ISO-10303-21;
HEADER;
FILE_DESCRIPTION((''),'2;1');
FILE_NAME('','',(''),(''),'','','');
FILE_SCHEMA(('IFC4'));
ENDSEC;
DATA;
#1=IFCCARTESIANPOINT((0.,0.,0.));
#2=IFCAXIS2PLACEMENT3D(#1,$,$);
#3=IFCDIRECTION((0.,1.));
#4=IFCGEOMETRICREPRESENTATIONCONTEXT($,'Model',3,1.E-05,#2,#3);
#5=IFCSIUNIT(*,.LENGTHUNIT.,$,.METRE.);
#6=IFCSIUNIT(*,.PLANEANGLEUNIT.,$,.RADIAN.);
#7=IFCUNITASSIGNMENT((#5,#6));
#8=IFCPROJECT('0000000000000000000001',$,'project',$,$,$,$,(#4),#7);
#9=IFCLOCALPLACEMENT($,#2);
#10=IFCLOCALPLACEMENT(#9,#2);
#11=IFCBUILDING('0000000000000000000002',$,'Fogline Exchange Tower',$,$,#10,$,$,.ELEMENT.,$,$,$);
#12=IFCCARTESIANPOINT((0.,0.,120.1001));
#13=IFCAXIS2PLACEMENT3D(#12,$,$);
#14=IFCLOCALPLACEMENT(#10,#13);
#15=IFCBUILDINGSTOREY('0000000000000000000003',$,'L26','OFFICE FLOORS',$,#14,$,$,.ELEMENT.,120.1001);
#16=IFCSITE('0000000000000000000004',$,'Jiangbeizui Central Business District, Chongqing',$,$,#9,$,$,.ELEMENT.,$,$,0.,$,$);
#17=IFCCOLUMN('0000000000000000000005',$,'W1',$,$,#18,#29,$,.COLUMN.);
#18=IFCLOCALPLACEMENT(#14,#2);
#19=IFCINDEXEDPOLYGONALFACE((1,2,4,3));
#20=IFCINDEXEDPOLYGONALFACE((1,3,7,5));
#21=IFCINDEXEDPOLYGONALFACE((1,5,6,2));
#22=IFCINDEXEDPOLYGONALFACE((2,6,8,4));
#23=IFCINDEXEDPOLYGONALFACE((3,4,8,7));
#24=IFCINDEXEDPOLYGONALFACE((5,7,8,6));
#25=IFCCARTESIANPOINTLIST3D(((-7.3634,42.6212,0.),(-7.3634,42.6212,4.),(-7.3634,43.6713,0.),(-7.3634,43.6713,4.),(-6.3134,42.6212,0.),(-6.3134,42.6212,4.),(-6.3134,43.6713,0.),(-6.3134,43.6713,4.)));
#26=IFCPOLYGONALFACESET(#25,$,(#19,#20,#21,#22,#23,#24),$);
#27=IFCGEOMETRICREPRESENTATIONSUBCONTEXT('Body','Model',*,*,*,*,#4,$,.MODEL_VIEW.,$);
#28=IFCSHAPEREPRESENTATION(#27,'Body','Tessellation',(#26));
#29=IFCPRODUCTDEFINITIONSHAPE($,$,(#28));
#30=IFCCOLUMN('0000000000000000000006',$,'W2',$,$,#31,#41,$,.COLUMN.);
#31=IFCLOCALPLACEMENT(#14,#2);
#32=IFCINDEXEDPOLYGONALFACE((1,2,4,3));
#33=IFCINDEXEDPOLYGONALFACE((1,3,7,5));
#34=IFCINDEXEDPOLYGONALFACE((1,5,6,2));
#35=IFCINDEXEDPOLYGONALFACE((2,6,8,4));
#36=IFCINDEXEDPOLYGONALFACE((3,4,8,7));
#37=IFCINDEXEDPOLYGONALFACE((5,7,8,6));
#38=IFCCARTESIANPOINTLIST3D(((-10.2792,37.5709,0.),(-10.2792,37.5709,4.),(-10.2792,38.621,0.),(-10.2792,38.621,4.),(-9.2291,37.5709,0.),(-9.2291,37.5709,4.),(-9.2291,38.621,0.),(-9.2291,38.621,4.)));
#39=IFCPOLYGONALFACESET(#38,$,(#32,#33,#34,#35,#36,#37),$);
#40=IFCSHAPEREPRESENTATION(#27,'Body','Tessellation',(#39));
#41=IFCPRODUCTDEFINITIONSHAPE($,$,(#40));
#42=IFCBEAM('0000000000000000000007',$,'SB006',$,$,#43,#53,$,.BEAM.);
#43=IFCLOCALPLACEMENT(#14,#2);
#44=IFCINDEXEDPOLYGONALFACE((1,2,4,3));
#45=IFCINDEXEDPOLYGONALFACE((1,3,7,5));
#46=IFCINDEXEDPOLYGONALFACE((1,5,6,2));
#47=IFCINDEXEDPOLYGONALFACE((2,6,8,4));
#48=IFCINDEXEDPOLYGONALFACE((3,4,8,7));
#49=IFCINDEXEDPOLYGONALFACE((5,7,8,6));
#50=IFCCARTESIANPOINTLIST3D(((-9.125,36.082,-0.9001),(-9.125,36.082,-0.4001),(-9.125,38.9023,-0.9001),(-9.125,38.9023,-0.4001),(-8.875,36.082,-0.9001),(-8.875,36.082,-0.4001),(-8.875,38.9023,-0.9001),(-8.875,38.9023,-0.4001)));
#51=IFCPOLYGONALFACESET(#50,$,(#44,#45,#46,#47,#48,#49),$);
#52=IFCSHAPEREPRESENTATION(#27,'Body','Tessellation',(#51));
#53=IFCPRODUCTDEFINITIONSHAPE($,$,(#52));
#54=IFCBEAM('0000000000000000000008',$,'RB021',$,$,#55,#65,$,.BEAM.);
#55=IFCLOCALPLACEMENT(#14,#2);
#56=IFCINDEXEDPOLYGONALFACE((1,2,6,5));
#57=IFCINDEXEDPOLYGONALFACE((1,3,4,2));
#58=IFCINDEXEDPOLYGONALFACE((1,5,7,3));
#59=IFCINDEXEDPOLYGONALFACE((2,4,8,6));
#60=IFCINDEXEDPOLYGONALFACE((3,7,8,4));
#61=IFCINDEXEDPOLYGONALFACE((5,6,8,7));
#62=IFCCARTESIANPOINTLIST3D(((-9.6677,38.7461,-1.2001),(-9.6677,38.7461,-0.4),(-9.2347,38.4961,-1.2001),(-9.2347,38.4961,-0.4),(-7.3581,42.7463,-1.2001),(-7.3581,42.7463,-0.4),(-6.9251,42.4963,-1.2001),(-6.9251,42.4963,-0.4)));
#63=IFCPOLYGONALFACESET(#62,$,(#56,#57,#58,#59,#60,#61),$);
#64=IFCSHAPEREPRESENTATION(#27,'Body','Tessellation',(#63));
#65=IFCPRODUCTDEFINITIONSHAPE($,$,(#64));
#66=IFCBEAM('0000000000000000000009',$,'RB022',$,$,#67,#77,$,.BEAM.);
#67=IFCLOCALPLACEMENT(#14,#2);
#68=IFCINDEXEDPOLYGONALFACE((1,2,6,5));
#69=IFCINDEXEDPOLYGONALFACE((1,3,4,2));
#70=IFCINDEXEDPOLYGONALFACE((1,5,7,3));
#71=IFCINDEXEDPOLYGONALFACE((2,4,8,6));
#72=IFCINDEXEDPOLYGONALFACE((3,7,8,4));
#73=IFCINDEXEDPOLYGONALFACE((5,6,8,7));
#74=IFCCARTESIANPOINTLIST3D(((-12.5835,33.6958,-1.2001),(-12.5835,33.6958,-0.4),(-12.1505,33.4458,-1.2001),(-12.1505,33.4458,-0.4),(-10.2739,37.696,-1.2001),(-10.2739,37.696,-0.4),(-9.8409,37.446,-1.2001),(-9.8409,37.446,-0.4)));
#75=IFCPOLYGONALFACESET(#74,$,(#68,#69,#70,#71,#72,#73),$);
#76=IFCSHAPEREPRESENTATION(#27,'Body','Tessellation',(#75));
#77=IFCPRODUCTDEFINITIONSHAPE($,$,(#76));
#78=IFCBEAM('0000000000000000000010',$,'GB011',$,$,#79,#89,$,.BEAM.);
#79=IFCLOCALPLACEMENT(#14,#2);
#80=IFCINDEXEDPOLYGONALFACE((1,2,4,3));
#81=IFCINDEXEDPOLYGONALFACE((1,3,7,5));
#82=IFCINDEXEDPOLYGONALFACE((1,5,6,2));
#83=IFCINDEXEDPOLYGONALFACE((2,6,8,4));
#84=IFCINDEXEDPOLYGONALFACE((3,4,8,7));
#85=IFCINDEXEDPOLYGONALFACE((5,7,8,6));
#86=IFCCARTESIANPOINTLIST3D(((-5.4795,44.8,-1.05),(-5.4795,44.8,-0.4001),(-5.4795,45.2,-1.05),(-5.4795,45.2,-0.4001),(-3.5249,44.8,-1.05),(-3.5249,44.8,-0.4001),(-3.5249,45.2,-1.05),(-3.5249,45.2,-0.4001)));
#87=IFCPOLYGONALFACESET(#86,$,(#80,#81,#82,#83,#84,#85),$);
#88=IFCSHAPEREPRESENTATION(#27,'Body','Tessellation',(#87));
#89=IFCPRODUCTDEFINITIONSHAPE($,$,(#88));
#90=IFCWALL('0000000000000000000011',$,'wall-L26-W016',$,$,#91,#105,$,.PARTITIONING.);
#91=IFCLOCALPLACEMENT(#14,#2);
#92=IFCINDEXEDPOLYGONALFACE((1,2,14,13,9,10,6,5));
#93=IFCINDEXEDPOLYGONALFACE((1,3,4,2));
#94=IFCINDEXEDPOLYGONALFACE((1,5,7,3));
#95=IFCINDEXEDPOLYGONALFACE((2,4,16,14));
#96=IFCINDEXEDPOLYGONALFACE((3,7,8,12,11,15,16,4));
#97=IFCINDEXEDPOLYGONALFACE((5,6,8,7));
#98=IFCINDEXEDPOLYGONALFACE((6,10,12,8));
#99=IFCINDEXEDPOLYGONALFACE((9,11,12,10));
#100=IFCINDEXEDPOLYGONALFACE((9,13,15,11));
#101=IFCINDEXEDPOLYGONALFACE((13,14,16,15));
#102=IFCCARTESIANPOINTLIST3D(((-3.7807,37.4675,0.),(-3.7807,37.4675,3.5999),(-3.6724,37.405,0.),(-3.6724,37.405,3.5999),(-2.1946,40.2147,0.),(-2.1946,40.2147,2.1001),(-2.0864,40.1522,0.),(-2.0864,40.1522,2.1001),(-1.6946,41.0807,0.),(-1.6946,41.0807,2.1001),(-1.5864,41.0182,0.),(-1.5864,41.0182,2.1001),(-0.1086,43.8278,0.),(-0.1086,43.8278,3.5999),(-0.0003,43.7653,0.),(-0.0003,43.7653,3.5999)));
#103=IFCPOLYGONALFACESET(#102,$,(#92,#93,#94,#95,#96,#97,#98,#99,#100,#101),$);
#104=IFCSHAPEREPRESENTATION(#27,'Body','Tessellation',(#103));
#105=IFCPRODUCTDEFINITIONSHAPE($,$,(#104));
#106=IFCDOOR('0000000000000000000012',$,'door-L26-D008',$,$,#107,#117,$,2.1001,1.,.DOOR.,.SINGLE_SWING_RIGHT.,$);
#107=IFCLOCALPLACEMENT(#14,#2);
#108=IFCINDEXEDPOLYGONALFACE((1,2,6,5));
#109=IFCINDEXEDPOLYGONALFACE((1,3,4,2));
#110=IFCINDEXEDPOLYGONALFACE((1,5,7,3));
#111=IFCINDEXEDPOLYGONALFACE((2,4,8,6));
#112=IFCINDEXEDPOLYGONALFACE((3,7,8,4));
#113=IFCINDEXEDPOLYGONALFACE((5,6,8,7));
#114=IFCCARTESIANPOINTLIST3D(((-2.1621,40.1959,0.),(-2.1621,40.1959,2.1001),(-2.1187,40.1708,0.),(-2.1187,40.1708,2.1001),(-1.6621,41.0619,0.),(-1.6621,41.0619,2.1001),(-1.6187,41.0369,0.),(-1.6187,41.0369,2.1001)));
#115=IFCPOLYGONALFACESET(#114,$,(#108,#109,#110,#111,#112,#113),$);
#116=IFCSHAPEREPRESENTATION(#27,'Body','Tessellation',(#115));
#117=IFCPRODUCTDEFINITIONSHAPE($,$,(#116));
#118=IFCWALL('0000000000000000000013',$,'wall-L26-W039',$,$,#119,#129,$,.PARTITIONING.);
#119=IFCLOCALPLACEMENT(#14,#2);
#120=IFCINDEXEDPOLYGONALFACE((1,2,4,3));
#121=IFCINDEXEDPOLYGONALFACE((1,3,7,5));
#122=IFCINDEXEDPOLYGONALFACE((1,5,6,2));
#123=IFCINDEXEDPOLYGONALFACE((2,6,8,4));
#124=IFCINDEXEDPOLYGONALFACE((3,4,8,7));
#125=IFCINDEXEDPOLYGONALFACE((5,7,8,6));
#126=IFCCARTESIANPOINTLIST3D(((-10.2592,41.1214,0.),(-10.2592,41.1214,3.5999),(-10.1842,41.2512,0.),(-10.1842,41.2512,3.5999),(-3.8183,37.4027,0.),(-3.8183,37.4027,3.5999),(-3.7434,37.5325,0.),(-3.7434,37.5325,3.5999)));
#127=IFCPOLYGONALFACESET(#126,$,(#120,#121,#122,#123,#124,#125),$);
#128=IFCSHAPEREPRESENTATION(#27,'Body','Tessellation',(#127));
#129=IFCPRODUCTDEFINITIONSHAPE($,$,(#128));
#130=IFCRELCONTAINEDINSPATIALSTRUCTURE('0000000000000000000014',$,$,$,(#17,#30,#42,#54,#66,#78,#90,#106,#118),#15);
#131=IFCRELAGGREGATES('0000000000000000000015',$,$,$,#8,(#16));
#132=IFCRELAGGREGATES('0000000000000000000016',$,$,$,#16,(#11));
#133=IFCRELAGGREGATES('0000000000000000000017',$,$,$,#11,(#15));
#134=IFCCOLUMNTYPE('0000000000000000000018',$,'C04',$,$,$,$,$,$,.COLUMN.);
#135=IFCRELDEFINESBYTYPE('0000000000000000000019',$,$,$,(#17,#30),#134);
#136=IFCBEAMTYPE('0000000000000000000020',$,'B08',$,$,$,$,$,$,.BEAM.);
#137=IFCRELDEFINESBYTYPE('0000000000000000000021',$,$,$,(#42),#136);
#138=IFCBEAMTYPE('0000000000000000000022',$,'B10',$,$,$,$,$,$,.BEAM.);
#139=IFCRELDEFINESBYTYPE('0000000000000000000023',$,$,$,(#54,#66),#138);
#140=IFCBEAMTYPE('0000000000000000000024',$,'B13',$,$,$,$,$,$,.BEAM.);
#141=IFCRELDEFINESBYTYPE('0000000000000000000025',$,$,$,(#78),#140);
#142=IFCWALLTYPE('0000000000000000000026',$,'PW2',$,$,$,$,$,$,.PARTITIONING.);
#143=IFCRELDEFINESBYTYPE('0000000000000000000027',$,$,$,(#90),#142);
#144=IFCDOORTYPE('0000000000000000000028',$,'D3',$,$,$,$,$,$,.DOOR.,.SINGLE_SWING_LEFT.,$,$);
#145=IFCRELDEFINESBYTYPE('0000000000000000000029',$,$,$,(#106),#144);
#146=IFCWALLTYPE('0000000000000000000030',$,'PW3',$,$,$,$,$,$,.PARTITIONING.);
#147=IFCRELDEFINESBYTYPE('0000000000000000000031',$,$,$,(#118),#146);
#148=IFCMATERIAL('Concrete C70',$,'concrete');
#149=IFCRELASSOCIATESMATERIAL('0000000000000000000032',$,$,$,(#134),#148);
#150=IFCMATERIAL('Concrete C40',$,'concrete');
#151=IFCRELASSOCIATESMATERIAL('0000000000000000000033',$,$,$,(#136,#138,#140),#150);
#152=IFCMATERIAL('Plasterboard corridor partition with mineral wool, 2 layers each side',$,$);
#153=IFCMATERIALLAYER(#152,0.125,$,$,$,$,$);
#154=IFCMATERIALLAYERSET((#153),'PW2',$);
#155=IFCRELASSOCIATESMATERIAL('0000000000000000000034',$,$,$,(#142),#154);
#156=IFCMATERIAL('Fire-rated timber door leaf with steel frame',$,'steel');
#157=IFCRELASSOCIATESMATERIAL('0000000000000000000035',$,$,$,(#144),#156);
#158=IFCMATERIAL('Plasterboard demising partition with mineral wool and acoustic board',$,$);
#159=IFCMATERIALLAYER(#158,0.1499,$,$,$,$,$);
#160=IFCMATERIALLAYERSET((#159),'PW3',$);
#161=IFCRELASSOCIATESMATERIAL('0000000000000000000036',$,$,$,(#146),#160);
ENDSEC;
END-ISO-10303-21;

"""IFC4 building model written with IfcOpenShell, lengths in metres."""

from ifc_helpers import new_model, si_unit, direction, frame, frame_2d, origin, origin_2d, place, context, subcontext, project, spatial, rectangle, extrude, material, layer, layer_set, material_profile, profile_set, type_object, element, fill, save


model = new_model("IFC4")

# Units and contexts
model_context = context("Model", 3, precision=1e-05, world=origin(), true_north=direction((0.0, 1.0)))
body_context = subcontext(model_context, "Body", "Model", "MODEL_VIEW")
ifc_project = project(units=[si_unit("LENGTHUNIT", "METRE"), si_unit("PLANEANGLEUNIT", "RADIAN")], contexts=[model_context])

# Site, building, storey
site_placement = place(None, origin())
site = spatial("IfcSite", under=ifc_project, at=site_placement, Name="Jiangbeizui Central Business District, Chongqing", CompositionType="ELEMENT", RefElevation=0.0)
building_placement = place(site_placement, origin())
building = spatial("IfcBuilding", under=site, at=building_placement, Name="Fogline Exchange Tower", CompositionType="ELEMENT")
storey_placement = place(building_placement, frame((0.0, 0.0, 120.1001)))
storey = spatial("IfcBuildingStorey", under=building, at=storey_placement, Name="L26", Description="OFFICE FLOORS", CompositionType="ELEMENT", Elevation=120.1001)

# Columns
ifc_material_1 = material(Name="Concrete C70", Category="concrete")
ifc_material_profile_1 = material_profile(ifc_material_1, rectangle(XDim=1.05, YDim=1.05, at=origin_2d()), Name="RC 1050x1050")
ifc_profile_set_1 = profile_set([ifc_material_profile_1], Name="Concrete C70")
column_type = type_object("IfcColumnType", Name="C04", PredefinedType="COLUMN", material=ifc_profile_set_1)
for number, where, z_axis, x_axis, name in (
    (1, (-6.8384, 43.1462, 0.0), (0.0, 0.0, 1.0), (1.0, 0.0, 0.0), "W1"),
    (2, (-9.7542, 38.0959, 0.0), (0.0, 0.0, 1.0), (1.0, 0.0, 0.0), "W2"),
):
    element("IfcColumn", number, at=place(storey_placement, frame(where, z_axis=z_axis, x_axis=x_axis)), inside=storey, type_object=column_type, Name=name, PredefinedType="COLUMN", context=body_context, shape_type="SweptSolid", body=[
        extrude(rectangle(XDim=1.05, YDim=1.05, at=origin_2d()), origin(), (0.0, 0.0, 1.0), 4.0),
    ])

# Beams
ifc_material_2 = material(Name="Concrete C40", Category="concrete")
ifc_material_profile_2 = material_profile(ifc_material_2, rectangle(XDim=0.25, YDim=0.5, at=origin_2d()), Name="RC 250x500")
ifc_profile_set_2 = profile_set([ifc_material_profile_2], Name="Concrete C40")
beam_type_1 = type_object("IfcBeamType", Name="B08", PredefinedType="BEAM", material=ifc_profile_set_2)
beam_1_placement = place(storey_placement, frame((-9.0, 36.082, -0.6501), z_axis=(0.0, 1.0, 0.0), x_axis=(-1.0, 0.0, 0.0)))
element("IfcBeam", 3, at=beam_1_placement, inside=storey, type_object=beam_type_1, Name="SB006", PredefinedType="BEAM", context=body_context, shape_type="SweptSolid", body=[
    extrude(rectangle(XDim=0.25, YDim=0.5, at=origin_2d()), origin(), (0.0, 0.0, 1.0), 2.8203),
])
ifc_material_profile_3 = material_profile(ifc_material_2, rectangle(XDim=0.5, YDim=0.8, at=origin_2d()), Name="RC 500x800")
ifc_profile_set_3 = profile_set([ifc_material_profile_3], Name="Concrete C40")
beam_type_2 = type_object("IfcBeamType", Name="B10", PredefinedType="BEAM", material=ifc_profile_set_3)
for number, where, z_axis, x_axis, name in (
    (4, (-7.1416, 42.6213, -0.8), (-0.500005, -0.866023, 0.0), (0.866023, -0.500005, 0.0), "RB021"),
    (5, (-10.0574, 37.571, -0.8), (-0.500005, -0.866023, 0.0), (0.866023, -0.500005, 0.0), "RB022"),
):
    element("IfcBeam", number, at=place(storey_placement, frame(where, z_axis=z_axis, x_axis=x_axis)), inside=storey, type_object=beam_type_2, Name=name, PredefinedType="BEAM", context=body_context, shape_type="SweptSolid", body=[
        extrude(rectangle(XDim=0.5, YDim=0.8, at=origin_2d()), origin(), (0.0, 0.0, 1.0), 4.6191),
    ])
ifc_material_profile_4 = material_profile(ifc_material_2, rectangle(XDim=0.3999, YDim=0.6499, at=origin_2d()), Name="RC 400x650")
ifc_profile_set_4 = profile_set([ifc_material_profile_4], Name="Concrete C40")
beam_type_3 = type_object("IfcBeamType", Name="B13", PredefinedType="BEAM", material=ifc_profile_set_4)
beam_2_placement = place(storey_placement, frame((-5.4795, 45.0, -0.7251), z_axis=(1.0, 0.0, 0.0), x_axis=(0.0, 1.0, 0.0)))
element("IfcBeam", 6, at=beam_2_placement, inside=storey, type_object=beam_type_3, Name="GB011", PredefinedType="BEAM", context=body_context, shape_type="SweptSolid", body=[
    extrude(rectangle(XDim=0.3999, YDim=0.6499, at=origin_2d()), origin(), (0.0, 0.0, 1.0), 1.9546),
])

# Wall, opening, door
ifc_material_3 = material(Name="Plasterboard corridor partition with mineral wool, 2 layers each side")
ifc_layer_1 = layer(ifc_material_3, 0.125)
ifc_layer_set_1 = layer_set([ifc_layer_1], Name="PW2")
wall_type_1 = type_object("IfcWallType", Name="PW2", PredefinedType="PARTITIONING", material=ifc_layer_set_1)
wall_1_placement = place(storey_placement, frame((-3.7266, 37.4363, 0.0), z_axis=(0.0, 0.0, 1.0), x_axis=(0.499997, 0.866027, 0.0)))
wall_1 = element("IfcWall", 7, at=wall_1_placement, inside=storey, type_object=wall_type_1, Name="wall-L26-W016", PredefinedType="PARTITIONING", context=body_context, shape_type="SweptSolid", body=[
    extrude(rectangle(XDim=7.3442, YDim=0.125, at=frame_2d((3.6721, 0.0))), origin(), (0.0, 0.0, 1.0), 3.5999),
])
opening_placement = place(wall_1_placement, frame((3.1721, 0.0, 0.0)))
opening = element("IfcOpeningElement", 8, at=opening_placement, cuts=wall_1, PredefinedType="OPENING", context=body_context, shape_type="SweptSolid", body=[
    extrude(rectangle(XDim=1.0, YDim=2.1001, at=frame_2d((0.5, 1.05))), frame((0.0, 0.0725, 0.0), z_axis=(0.0, -1.0, 0.0), x_axis=(1.0, 0.0, 0.0)), (0.0, 0.0, 1.0), 0.145),
])
ifc_material_4 = material(Name="Fire-rated timber door leaf with steel frame", Category="steel")
door_type = type_object("IfcDoorType", Name="D3", OperationType="SINGLE_SWING_LEFT", PredefinedType="DOOR", material=ifc_material_4)
door_placement = place(opening_placement, origin())
door = element("IfcDoor", 9, at=door_placement, inside=storey, type_object=door_type, Name="door-L26-D008", OperationType="SINGLE_SWING_RIGHT", OverallHeight=2.1001, OverallWidth=1.0, PredefinedType="DOOR", context=body_context, shape_type="SweptSolid", body=[
    extrude(rectangle(XDim=1.0, YDim=2.1001, at=frame_2d((0.5, 1.05))), frame((0.0, 0.0249, 0.0), z_axis=(0.0, -1.0, 0.0), x_axis=(1.0, 0.0, 0.0)), (0.0, 0.0, 1.0), 0.05),
])
fill(opening, door)

# Wall
ifc_material_5 = material(Name="Plasterboard demising partition with mineral wool and acoustic board")
ifc_layer_2 = layer(ifc_material_5, 0.1499)
ifc_layer_set_2 = layer_set([ifc_layer_2], Name="PW3")
wall_type_2 = type_object("IfcWallType", Name="PW3", PredefinedType="PARTITIONING", material=ifc_layer_set_2)
wall_2_placement = place(storey_placement, frame((-3.7808, 37.4675, 0.0), z_axis=(0.0, 0.0, 1.0), x_axis=(-0.86602, 0.500008, 0.0)))
element("IfcWall", 10, at=wall_2_placement, inside=storey, type_object=wall_type_2, Name="wall-L26-W039", PredefinedType="PARTITIONING", context=body_context, shape_type="SweptSolid", body=[
    extrude(rectangle(XDim=7.4373, YDim=0.1499, at=frame_2d((3.7188, 0.0))), origin(), (0.0, 0.0, 1.0), 3.5999),
])

save(model, "model.ifc")
